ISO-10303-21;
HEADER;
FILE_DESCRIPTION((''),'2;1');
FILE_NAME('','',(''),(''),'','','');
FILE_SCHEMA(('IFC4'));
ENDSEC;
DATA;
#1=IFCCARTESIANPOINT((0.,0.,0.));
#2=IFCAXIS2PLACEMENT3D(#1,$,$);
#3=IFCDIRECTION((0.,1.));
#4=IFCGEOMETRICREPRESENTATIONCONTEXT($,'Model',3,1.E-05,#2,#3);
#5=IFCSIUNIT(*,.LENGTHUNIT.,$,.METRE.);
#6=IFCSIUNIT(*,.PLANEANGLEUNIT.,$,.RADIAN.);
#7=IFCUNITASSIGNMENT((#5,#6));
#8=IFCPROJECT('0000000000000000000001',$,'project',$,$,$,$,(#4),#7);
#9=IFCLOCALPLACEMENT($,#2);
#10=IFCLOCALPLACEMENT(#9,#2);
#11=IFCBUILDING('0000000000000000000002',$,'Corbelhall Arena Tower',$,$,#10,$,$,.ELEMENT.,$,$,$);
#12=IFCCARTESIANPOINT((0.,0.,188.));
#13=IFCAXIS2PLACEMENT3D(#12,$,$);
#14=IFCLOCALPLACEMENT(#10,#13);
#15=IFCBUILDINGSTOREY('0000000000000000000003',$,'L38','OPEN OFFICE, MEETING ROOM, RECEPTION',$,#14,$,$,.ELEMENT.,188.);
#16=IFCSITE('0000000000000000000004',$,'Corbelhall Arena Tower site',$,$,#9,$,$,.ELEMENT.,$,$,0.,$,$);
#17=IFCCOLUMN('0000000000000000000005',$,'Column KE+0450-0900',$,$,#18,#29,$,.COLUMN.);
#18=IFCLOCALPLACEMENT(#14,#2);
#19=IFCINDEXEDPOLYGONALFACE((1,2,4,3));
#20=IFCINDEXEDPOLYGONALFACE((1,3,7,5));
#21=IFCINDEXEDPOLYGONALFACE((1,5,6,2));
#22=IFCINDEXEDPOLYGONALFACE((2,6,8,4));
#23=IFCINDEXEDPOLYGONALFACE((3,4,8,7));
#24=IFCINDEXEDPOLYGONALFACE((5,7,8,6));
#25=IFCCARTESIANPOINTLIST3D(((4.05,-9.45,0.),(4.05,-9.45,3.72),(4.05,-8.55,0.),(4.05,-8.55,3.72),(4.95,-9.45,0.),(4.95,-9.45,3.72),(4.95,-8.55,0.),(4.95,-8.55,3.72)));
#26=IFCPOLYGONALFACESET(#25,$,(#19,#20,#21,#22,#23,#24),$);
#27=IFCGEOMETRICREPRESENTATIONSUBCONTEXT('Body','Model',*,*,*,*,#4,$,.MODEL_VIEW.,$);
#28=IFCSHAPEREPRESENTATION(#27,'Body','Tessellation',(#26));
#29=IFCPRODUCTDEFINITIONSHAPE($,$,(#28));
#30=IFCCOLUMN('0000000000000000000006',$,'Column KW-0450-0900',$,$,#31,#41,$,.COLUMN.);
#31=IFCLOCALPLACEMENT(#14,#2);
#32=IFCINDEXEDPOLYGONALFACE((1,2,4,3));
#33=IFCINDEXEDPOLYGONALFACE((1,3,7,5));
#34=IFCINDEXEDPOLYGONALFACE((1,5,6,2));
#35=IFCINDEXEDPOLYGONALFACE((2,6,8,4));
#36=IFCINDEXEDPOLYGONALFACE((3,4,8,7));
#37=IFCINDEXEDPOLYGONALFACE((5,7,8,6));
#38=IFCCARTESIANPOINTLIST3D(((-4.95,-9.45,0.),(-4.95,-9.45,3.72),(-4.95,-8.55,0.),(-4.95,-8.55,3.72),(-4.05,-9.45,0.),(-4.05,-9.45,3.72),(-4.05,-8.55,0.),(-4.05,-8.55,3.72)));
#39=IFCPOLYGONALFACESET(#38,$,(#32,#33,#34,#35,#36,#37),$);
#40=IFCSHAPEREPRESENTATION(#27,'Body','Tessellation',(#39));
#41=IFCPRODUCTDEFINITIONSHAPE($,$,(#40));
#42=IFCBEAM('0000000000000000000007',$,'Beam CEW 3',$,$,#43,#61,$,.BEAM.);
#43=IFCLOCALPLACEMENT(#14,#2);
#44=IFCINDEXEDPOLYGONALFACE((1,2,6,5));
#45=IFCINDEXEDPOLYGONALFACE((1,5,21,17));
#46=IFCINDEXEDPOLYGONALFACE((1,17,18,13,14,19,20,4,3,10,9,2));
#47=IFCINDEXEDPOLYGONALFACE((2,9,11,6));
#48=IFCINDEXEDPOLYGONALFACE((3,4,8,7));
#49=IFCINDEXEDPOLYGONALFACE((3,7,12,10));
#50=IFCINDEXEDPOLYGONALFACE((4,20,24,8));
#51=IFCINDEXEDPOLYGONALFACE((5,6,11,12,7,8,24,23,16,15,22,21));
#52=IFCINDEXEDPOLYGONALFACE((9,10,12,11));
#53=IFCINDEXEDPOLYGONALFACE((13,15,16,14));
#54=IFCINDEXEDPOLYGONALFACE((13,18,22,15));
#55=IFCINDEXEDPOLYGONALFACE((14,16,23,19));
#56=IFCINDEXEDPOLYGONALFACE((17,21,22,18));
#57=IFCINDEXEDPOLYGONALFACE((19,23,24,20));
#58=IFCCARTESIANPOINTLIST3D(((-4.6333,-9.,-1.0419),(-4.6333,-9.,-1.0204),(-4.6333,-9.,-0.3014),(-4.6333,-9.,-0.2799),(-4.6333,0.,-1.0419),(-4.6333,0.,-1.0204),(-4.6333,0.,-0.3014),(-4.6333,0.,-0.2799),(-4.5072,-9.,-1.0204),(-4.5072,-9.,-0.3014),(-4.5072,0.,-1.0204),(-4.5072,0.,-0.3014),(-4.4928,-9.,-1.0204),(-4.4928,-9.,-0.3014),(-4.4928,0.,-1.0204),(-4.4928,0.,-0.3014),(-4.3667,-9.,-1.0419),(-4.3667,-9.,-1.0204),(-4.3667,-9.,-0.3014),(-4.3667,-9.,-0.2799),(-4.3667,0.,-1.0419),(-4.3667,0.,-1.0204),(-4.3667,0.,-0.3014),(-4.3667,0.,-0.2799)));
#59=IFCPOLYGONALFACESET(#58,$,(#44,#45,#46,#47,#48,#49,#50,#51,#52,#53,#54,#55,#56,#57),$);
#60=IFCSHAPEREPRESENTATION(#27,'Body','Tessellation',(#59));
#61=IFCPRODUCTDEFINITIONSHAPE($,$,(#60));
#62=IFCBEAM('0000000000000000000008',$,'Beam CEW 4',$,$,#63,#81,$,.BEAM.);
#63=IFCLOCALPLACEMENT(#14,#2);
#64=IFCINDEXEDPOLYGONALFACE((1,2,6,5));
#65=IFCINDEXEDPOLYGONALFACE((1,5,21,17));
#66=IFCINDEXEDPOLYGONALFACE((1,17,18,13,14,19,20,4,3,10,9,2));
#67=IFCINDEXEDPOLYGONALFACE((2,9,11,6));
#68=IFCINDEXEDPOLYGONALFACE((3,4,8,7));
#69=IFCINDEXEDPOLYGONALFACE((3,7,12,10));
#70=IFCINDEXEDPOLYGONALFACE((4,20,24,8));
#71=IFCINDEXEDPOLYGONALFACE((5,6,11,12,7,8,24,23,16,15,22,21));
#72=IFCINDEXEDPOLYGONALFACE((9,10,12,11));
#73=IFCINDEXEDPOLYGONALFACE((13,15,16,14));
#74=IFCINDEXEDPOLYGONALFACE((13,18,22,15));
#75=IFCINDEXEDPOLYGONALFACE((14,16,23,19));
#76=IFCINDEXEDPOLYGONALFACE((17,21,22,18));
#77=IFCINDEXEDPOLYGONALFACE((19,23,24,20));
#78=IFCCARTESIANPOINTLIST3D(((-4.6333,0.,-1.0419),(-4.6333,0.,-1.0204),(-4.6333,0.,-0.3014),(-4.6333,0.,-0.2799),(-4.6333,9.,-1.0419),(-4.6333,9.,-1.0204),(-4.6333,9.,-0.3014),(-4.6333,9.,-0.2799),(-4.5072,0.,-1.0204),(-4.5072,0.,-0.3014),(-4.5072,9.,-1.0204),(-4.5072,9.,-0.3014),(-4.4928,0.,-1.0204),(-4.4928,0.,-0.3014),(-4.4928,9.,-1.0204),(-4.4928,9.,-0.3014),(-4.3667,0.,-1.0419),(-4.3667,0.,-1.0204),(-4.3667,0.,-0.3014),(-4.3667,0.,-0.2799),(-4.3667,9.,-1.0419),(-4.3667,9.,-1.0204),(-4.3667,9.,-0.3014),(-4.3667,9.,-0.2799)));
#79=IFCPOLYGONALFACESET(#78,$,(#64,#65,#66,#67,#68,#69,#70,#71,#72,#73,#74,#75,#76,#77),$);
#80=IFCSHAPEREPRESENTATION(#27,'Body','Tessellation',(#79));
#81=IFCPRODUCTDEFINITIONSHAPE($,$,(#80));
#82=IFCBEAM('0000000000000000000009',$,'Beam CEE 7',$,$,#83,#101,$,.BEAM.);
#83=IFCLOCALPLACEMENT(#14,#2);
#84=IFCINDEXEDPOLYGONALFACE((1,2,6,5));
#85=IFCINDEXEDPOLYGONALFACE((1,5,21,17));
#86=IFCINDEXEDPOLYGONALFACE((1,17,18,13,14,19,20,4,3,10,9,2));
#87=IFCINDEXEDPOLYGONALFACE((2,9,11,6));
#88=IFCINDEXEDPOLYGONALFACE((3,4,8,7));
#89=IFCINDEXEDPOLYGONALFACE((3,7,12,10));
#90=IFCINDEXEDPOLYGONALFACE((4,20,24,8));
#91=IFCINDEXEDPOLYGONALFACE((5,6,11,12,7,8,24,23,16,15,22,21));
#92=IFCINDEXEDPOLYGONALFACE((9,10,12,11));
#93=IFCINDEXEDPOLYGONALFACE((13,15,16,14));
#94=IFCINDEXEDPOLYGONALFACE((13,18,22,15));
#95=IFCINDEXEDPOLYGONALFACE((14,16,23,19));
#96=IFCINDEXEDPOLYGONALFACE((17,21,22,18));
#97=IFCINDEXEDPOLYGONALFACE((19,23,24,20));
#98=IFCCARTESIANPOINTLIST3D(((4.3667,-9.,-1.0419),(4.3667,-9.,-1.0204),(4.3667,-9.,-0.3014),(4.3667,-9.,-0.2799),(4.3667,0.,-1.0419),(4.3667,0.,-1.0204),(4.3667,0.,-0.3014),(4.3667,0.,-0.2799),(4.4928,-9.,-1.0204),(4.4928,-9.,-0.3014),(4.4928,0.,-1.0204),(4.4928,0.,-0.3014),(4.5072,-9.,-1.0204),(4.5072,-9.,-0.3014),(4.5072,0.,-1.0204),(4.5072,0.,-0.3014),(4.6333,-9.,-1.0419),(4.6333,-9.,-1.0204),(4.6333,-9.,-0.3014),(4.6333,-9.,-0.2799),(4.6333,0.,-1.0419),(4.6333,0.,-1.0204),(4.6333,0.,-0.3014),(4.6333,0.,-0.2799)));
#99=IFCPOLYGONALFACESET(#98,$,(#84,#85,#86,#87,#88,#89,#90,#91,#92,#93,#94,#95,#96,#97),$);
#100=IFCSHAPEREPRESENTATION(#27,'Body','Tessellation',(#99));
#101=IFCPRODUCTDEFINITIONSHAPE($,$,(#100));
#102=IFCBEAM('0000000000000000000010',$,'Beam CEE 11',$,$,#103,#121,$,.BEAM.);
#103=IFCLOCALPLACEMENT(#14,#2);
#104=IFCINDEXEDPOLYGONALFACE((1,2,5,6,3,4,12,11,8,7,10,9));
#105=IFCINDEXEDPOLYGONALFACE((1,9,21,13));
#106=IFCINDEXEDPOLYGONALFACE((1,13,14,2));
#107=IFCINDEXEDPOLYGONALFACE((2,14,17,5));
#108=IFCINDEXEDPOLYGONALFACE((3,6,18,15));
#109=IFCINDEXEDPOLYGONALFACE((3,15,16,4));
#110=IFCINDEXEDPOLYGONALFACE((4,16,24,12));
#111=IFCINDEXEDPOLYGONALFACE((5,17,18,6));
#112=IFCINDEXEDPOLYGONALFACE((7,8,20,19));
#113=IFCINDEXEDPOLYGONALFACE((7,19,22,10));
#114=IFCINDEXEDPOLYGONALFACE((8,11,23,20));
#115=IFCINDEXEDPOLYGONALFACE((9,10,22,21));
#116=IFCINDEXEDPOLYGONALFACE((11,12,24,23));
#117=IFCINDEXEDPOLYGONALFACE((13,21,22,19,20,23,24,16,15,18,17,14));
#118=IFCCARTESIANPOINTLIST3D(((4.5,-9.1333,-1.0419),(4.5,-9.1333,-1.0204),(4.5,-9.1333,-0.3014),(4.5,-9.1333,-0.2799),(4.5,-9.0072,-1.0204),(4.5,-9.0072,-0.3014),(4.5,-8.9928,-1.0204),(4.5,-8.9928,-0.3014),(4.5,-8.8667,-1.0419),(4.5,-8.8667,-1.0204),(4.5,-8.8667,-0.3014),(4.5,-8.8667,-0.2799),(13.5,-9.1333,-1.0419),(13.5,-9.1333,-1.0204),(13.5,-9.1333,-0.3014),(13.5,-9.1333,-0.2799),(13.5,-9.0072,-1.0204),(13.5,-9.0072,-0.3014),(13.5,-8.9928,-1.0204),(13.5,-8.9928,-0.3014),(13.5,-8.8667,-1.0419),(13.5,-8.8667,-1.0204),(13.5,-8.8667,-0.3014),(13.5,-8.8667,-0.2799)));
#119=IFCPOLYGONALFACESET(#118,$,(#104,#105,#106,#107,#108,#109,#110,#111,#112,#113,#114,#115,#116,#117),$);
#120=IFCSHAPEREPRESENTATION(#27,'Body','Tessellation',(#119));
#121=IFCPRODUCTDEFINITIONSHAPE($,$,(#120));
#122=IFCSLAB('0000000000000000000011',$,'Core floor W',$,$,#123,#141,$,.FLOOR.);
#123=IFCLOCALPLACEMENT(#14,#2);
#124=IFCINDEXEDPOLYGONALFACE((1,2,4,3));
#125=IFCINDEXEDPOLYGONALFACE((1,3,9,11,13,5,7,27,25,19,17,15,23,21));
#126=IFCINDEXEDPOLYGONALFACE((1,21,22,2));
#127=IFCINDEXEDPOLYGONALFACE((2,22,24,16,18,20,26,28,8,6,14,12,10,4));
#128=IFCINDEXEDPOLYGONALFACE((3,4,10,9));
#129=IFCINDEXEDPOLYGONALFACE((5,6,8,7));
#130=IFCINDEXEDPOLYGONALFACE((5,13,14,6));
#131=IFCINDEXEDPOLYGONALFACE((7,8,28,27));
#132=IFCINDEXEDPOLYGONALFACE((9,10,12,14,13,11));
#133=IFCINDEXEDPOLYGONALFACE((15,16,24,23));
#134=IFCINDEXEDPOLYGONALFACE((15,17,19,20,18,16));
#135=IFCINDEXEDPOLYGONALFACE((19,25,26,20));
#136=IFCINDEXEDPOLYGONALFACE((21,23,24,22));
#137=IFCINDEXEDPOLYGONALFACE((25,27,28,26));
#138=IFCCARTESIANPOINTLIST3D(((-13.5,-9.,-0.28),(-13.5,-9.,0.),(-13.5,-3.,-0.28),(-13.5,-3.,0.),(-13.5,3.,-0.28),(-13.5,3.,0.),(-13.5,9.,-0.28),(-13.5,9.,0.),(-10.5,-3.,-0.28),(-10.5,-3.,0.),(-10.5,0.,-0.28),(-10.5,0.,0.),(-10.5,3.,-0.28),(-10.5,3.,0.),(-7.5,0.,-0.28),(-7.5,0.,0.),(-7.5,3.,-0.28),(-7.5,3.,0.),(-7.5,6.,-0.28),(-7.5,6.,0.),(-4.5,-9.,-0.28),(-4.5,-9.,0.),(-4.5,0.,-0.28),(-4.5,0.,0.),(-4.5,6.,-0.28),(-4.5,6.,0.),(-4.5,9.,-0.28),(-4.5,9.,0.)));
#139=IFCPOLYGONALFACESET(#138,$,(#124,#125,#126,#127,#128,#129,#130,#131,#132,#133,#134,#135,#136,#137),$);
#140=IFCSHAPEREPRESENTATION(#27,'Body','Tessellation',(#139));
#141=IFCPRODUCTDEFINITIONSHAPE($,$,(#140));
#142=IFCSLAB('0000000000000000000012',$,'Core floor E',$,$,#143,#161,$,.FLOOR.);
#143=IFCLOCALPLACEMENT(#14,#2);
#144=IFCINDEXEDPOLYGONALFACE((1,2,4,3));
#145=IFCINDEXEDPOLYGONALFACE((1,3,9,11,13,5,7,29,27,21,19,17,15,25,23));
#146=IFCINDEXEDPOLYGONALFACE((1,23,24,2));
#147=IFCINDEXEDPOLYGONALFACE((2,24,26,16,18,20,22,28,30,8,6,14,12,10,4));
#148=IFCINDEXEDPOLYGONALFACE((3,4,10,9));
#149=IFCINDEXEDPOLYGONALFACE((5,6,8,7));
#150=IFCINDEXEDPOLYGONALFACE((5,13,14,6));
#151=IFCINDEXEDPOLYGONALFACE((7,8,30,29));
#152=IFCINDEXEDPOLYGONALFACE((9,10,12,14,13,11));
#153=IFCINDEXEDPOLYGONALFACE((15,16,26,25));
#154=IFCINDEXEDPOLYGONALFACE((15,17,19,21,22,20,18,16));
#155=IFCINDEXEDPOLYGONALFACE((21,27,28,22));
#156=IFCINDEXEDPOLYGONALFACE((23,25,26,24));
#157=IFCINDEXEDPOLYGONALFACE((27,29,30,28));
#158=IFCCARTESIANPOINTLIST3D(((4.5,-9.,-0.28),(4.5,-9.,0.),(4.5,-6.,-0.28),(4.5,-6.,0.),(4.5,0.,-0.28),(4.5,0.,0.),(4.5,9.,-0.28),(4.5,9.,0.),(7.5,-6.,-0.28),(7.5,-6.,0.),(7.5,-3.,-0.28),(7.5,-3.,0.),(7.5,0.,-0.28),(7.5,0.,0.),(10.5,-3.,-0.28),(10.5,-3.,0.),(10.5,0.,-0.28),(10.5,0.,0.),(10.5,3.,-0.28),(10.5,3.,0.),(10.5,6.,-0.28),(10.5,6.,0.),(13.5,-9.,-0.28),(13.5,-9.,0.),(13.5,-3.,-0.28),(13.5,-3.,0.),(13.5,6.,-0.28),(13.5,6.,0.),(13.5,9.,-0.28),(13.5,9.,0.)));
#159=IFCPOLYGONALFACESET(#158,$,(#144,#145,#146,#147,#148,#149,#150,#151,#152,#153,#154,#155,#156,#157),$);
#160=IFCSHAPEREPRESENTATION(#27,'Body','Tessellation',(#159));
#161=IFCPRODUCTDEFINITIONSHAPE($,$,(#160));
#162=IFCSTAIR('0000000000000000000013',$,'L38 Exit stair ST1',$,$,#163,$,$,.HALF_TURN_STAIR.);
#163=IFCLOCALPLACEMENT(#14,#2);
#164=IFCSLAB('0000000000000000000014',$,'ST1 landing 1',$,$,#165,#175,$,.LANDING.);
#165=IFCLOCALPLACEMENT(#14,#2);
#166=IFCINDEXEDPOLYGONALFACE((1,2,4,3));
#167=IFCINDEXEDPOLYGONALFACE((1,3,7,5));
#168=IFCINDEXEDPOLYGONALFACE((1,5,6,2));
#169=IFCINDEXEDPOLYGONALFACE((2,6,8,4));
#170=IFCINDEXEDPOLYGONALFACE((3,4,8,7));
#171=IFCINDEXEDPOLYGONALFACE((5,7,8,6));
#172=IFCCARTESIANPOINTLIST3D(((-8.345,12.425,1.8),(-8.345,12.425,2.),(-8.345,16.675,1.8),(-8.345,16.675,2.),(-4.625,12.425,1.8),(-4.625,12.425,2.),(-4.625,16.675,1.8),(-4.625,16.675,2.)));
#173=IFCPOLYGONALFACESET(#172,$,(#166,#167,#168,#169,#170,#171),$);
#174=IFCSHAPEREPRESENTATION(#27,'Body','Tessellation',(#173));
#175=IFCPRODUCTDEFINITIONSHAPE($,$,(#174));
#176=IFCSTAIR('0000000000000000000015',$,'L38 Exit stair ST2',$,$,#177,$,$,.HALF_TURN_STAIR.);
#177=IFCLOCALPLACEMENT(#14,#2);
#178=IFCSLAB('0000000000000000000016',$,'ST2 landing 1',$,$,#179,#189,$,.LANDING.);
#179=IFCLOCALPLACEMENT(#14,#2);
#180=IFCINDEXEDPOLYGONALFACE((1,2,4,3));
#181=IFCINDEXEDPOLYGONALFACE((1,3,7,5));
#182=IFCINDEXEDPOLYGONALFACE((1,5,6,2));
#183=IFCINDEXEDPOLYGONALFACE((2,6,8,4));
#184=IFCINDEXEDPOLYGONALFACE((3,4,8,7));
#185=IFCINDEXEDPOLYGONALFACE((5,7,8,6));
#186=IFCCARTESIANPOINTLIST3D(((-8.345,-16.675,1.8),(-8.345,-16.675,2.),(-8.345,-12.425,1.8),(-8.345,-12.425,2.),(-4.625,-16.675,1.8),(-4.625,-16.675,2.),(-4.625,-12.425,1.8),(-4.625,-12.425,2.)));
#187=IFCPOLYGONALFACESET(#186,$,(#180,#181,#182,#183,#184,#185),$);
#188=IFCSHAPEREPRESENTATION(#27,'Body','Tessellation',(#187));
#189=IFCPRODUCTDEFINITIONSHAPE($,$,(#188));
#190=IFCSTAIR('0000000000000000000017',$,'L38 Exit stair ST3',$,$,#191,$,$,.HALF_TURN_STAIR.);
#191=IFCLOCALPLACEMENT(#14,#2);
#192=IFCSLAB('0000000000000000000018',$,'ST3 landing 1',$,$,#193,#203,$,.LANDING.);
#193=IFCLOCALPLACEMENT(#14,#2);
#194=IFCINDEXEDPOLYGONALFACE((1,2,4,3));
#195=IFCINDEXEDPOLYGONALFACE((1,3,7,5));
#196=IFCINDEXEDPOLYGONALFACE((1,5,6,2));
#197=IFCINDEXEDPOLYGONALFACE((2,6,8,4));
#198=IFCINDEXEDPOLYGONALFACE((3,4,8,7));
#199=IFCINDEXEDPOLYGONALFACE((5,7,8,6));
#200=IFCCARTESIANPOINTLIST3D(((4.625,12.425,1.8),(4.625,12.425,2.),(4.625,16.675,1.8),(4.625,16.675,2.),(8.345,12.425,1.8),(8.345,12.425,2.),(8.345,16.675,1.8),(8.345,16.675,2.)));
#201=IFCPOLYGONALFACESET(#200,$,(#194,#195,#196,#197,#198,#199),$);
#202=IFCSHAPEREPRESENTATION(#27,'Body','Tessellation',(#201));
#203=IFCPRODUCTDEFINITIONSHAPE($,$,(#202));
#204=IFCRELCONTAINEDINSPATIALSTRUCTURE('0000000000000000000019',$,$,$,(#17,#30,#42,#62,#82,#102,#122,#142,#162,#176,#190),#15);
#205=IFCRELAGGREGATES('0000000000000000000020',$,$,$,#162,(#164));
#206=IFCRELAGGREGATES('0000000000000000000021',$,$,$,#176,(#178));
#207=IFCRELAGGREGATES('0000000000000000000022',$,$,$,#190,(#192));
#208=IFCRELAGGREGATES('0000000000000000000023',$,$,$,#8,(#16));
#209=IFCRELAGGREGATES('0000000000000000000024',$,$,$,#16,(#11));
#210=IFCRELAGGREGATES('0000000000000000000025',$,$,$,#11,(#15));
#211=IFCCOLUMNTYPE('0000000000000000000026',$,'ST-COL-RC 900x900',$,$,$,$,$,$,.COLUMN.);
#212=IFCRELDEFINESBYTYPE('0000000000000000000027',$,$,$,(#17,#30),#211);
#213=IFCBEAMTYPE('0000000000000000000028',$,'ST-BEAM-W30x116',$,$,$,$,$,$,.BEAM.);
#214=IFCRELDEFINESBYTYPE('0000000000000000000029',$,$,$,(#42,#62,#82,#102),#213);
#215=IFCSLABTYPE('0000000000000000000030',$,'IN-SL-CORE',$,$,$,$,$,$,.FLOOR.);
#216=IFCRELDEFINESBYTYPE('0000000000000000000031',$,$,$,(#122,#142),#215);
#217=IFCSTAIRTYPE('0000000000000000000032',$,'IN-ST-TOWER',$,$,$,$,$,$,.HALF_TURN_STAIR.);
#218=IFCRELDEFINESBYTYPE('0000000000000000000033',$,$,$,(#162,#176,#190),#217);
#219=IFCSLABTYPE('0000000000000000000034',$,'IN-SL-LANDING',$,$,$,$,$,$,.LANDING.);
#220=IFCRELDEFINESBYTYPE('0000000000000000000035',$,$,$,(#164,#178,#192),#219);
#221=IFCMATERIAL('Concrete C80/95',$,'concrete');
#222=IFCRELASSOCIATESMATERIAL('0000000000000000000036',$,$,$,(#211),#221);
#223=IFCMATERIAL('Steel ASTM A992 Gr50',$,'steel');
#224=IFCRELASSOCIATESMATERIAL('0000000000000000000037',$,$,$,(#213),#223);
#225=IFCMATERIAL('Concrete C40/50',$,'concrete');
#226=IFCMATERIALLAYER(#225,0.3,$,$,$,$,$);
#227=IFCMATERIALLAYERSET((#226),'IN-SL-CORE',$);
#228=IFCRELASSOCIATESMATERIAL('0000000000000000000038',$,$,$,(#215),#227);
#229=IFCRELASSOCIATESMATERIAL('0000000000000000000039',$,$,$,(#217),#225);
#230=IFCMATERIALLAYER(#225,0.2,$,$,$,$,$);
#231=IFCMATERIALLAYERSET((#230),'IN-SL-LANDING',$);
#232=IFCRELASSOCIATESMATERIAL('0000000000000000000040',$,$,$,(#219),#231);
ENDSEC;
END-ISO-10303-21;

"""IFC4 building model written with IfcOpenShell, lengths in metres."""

from ifc_helpers import new_model, si_unit, direction, frame, origin, origin_2d, place, context, subcontext, project, spatial, polyline, rectangle, i_section, outline, extrude, material, layer, layer_set, material_profile, profile_set, type_object, element, aggregate, save


model = new_model("IFC4")

# Units and contexts
model_context = context("Model", 3, precision=1e-05, world=origin(), true_north=direction((0.0, 1.0)))
body_context = subcontext(model_context, "Body", "Model", "MODEL_VIEW")
ifc_project = project(units=[si_unit("LENGTHUNIT", "METRE"), si_unit("PLANEANGLEUNIT", "RADIAN")], contexts=[model_context])

# Site, building, storey
site_placement = place(None, origin())
site = spatial("IfcSite", under=ifc_project, at=site_placement, Name="Corbelhall Arena Tower site", CompositionType="ELEMENT", RefElevation=0.0)
building_placement = place(site_placement, origin())
building = spatial("IfcBuilding", under=site, at=building_placement, Name="Corbelhall Arena Tower", CompositionType="ELEMENT")
storey_placement = place(building_placement, frame((0.0, 0.0, 188.0)))
storey = spatial("IfcBuildingStorey", under=building, at=storey_placement, Name="L38", Description="OPEN OFFICE, MEETING ROOM, RECEPTION", CompositionType="ELEMENT", Elevation=188.0)

# Columns
ifc_material_1 = material(Name="Concrete C80/95", Category="concrete")
ifc_material_profile_1 = material_profile(ifc_material_1, rectangle(XDim=0.8999, YDim=0.8999, at=origin_2d()))
ifc_profile_set_1 = profile_set([ifc_material_profile_1], Name="Concrete C80/95")
column_type = type_object("IfcColumnType", Name="ST-COL-RC 900x900", PredefinedType="COLUMN", material=ifc_profile_set_1)
for number, where, z_axis, x_axis, name in (
    (1, (4.5, -9.0, 0.0), (0.0, 0.0, 1.0), (1.0, 0.0, 0.0), "Column KE+0450-0900"),
    (2, (-4.5, -9.0, 0.0), (0.0, 0.0, 1.0), (1.0, 0.0, 0.0), "Column KW-0450-0900"),
):
    element("IfcColumn", number, at=place(storey_placement, frame(where, z_axis=z_axis, x_axis=x_axis)), inside=storey, type_object=column_type, Name=name, PredefinedType="COLUMN", context=body_context, shape_type="SweptSolid", body=[
        extrude(rectangle(XDim=0.8999, YDim=0.8999, at=origin_2d()), origin(), (0.0, 0.0, 1.0), 3.72),
    ])

# Beams
ifc_material_2 = material(Name="Steel ASTM A992 Gr50", Category="steel")
ifc_material_profile_2 = material_profile(ifc_material_2, i_section(OverallWidth=0.2666, OverallDepth=0.762, WebThickness=0.0144, FlangeThickness=0.0215, at=origin_2d()))
ifc_profile_set_2 = profile_set([ifc_material_profile_2], Name="Steel ASTM A992 Gr50")
beam_type = type_object("IfcBeamType", Name="ST-BEAM-W30x116", PredefinedType="BEAM", material=ifc_profile_set_2)
for number, where, z_axis, x_axis, name in (
    (3, (-4.5, -9.0, -0.6609), (0.0, 1.0, 0.0), (-1.0, 0.0, 0.0), "Beam CEW 3"),
    (4, (-4.5, 0.0, -0.6609), (0.0, 1.0, 0.0), (-1.0, 0.0, 0.0), "Beam CEW 4"),
    (5, (4.5, -9.0, -0.6609), (0.0, 1.0, 0.0), (-1.0, 0.0, 0.0), "Beam CEE 7"),
    (6, (4.5, -9.0, -0.6609), (1.0, 0.0, 0.0), (0.0, 1.0, 0.0), "Beam CEE 11"),
):
    element("IfcBeam", number, at=place(storey_placement, frame(where, z_axis=z_axis, x_axis=x_axis)), inside=storey, type_object=beam_type, Name=name, PredefinedType="BEAM", context=body_context, shape_type="SweptSolid", body=[
        extrude(i_section(OverallWidth=0.2666, OverallDepth=0.762, WebThickness=0.0144, FlangeThickness=0.0215, at=origin_2d()), origin(), (0.0, 0.0, 1.0), 9.0),
    ])

# Slabs
ifc_material_3 = material(Name="Concrete C40/50", Category="concrete")
ifc_layer_1 = layer(ifc_material_3, 0.3)
ifc_layer_set_1 = layer_set([ifc_layer_1], Name="IN-SL-CORE")
slab_type_1 = type_object("IfcSlabType", Name="IN-SL-CORE", PredefinedType="FLOOR", material=ifc_layer_set_1)
slab_1_placement = place(storey_placement, frame((0.0, 0.0, -0.28)))
element("IfcSlab", 7, at=slab_1_placement, inside=storey, type_object=slab_type_1, Name="Core floor W", PredefinedType="FLOOR", context=body_context, shape_type="SweptSolid", body=[
    extrude(outline(polyline([(-10.5, -3.0), (-13.5, -3.0), (-13.5, -9.0), (-4.5, -9.0), (-4.5, 0.0), (-7.5, 0.0), (-7.5, 3.0), (-7.5, 6.0), (-4.5, 6.0), (-4.5, 9.0), (-13.5, 9.0), (-13.5, 3.0), (-10.5, 3.0), (-10.5, 0.0), (-10.5, -3.0)])), origin(), (0.0, 0.0, 1.0), 0.28),
])
slab_2_placement = place(storey_placement, frame((0.0, 0.0, -0.28)))
element("IfcSlab", 8, at=slab_2_placement, inside=storey, type_object=slab_type_1, Name="Core floor E", PredefinedType="FLOOR", context=body_context, shape_type="SweptSolid", body=[
    extrude(outline(polyline([(13.5, -3.0), (10.5, -3.0), (10.5, 0.0), (10.5, 3.0), (10.5, 6.0), (13.5, 6.0), (13.5, 9.0), (4.5, 9.0), (4.5, 0.0), (7.5, 0.0), (7.5, -3.0), (7.5, -6.0), (4.5, -6.0), (4.5, -9.0), (13.5, -9.0), (13.5, -3.0)])), origin(), (0.0, 0.0, 1.0), 0.28),
])

# Stairs, slabs
stair_type = type_object("IfcStairType", Name="IN-ST-TOWER", PredefinedType="HALF_TURN_STAIR", material=ifc_material_3)
stair_1_placement = place(storey_placement, origin())
stair_1 = element("IfcStair", 9, at=stair_1_placement, inside=storey, type_object=stair_type, Name="L38 Exit stair ST1", PredefinedType="HALF_TURN_STAIR")
ifc_layer_2 = layer(ifc_material_3, 0.2)
ifc_layer_set_2 = layer_set([ifc_layer_2], Name="IN-SL-LANDING")
slab_type_2 = type_object("IfcSlabType", Name="IN-SL-LANDING", PredefinedType="LANDING", material=ifc_layer_set_2)
slab_3_placement = place(storey_placement, frame((0.0, 0.0, 1.8)))
slab_3 = element("IfcSlab", 10, at=slab_3_placement, type_object=slab_type_2, Name="ST1 landing 1", PredefinedType="LANDING", context=body_context, shape_type="SweptSolid", body=[
    extrude(outline(polyline([(-8.345, 12.425), (-4.625, 12.425), (-4.625, 16.675), (-8.345, 16.675), (-8.345, 12.425)])), origin(), (0.0, 0.0, 1.0), 0.2),
])
aggregate(stair_1, [slab_3])
stair_2_placement = place(storey_placement, origin())
stair_2 = element("IfcStair", 11, at=stair_2_placement, inside=storey, type_object=stair_type, Name="L38 Exit stair ST2", PredefinedType="HALF_TURN_STAIR")
slab_4_placement = place(storey_placement, frame((0.0, 0.0, 1.8)))
slab_4 = element("IfcSlab", 12, at=slab_4_placement, type_object=slab_type_2, Name="ST2 landing 1", PredefinedType="LANDING", context=body_context, shape_type="SweptSolid", body=[
    extrude(outline(polyline([(-8.345, -16.675), (-4.625, -16.675), (-4.625, -12.425), (-8.345, -12.425), (-8.345, -16.675)])), origin(), (0.0, 0.0, 1.0), 0.2),
])
aggregate(stair_2, [slab_4])
stair_3_placement = place(storey_placement, origin())
stair_3 = element("IfcStair", 13, at=stair_3_placement, inside=storey, type_object=stair_type, Name="L38 Exit stair ST3", PredefinedType="HALF_TURN_STAIR")
slab_5_placement = place(storey_placement, frame((0.0, 0.0, 1.8)))
slab_5 = element("IfcSlab", 14, at=slab_5_placement, type_object=slab_type_2, Name="ST3 landing 1", PredefinedType="LANDING", context=body_context, shape_type="SweptSolid", body=[
    extrude(outline(polyline([(8.345, 16.675), (4.625, 16.675), (4.625, 12.425), (8.345, 12.425), (8.345, 16.675)])), origin(), (0.0, 0.0, 1.0), 0.2),
])
aggregate(stair_3, [slab_5])

save(model, "model.ifc")
